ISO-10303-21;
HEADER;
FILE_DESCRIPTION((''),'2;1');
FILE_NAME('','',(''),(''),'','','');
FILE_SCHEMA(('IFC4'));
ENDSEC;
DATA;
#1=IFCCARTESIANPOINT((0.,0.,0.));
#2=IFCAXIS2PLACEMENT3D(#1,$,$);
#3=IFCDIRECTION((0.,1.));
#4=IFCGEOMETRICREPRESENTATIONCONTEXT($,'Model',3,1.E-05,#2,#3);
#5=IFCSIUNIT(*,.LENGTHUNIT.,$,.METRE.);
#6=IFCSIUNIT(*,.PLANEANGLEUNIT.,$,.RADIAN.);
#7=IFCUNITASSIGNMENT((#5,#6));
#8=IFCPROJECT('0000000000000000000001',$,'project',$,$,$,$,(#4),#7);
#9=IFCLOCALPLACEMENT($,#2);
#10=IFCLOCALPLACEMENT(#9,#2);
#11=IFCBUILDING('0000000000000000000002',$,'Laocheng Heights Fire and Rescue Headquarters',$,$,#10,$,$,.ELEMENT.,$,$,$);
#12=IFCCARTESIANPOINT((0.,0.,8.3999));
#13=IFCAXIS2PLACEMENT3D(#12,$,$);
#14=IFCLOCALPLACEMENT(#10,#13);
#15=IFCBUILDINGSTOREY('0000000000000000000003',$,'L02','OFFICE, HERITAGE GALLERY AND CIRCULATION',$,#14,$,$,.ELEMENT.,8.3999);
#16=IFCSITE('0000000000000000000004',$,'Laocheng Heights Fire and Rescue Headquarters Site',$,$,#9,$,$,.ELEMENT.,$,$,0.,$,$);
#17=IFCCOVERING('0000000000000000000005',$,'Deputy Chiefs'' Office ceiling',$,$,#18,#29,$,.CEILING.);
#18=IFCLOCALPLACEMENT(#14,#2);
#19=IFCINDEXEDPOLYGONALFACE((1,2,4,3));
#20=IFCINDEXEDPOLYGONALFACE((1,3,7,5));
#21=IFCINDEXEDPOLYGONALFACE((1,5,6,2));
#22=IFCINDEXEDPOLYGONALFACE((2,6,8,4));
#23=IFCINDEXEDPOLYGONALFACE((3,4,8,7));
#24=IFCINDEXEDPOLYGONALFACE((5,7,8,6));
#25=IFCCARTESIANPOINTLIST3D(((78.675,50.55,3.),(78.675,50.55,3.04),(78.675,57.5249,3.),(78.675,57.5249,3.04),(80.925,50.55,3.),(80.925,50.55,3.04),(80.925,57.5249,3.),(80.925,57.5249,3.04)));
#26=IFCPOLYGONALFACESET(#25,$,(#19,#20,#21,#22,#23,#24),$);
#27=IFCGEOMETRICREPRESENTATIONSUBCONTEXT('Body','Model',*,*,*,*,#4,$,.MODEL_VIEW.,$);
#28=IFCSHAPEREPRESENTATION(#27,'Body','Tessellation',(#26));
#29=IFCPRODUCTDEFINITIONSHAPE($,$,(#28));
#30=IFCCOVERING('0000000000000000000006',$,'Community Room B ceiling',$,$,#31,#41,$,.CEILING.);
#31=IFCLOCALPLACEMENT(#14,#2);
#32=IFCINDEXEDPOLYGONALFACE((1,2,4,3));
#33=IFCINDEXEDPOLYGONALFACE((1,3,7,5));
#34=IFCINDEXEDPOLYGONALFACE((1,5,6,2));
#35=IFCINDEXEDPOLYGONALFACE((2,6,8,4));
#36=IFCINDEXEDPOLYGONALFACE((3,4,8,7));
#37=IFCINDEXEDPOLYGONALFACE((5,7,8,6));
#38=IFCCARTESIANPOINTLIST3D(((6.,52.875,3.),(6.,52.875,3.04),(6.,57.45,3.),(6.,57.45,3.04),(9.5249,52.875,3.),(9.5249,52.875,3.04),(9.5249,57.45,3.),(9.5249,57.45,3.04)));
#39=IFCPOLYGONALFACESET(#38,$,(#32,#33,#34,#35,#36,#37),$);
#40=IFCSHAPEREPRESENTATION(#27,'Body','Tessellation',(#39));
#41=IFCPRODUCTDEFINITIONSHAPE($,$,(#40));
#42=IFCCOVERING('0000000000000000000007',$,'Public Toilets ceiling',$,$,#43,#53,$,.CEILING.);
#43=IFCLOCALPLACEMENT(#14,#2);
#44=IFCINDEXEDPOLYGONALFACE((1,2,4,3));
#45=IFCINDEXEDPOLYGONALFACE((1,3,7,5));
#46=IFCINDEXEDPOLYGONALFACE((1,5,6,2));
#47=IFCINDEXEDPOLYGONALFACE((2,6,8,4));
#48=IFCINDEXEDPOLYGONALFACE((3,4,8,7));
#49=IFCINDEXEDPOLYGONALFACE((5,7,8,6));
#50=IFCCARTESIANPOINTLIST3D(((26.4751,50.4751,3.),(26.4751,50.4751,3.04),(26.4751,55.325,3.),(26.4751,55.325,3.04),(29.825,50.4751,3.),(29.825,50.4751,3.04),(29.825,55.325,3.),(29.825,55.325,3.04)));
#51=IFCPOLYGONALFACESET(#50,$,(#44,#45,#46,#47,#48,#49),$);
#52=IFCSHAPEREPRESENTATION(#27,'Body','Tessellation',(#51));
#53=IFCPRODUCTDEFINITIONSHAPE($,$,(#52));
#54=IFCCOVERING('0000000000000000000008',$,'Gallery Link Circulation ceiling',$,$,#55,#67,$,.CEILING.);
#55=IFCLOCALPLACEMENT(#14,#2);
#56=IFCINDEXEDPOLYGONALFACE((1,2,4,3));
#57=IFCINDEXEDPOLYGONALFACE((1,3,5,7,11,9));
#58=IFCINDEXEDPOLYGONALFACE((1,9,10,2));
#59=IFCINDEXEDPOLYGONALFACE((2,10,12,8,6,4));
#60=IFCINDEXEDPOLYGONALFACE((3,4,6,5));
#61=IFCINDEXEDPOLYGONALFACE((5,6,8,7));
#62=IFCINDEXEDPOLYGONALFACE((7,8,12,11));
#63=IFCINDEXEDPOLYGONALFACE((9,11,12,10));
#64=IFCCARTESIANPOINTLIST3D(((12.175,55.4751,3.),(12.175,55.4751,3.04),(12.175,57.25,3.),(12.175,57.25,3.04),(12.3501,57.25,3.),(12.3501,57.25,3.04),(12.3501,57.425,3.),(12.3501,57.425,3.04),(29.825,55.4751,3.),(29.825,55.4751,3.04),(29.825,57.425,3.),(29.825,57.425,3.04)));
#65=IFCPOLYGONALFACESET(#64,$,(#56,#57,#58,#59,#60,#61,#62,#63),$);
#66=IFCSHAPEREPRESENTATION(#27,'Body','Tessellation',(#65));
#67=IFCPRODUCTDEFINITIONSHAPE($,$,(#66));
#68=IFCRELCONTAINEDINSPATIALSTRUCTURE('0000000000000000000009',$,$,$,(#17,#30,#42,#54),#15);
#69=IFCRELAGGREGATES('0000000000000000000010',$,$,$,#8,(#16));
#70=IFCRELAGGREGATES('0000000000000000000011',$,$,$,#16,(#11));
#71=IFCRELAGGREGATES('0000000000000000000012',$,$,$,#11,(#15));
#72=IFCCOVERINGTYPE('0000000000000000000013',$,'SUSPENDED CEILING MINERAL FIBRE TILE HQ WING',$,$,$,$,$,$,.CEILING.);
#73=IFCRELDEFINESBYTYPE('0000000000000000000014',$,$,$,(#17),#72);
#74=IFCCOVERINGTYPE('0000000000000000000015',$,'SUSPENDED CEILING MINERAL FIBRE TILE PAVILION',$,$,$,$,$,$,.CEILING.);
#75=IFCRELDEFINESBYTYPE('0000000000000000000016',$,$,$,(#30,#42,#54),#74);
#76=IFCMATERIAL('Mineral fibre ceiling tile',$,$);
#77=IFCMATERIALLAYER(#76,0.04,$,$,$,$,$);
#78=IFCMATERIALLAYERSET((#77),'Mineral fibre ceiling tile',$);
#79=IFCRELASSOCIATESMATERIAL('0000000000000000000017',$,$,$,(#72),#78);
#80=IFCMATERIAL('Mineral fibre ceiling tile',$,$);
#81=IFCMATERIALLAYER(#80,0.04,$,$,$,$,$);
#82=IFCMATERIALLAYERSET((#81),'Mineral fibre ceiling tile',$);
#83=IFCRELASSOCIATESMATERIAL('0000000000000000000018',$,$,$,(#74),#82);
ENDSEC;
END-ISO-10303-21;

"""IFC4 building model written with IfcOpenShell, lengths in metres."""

from ifc_helpers import new_model, si_unit, direction, frame, origin, place, context, subcontext, project, spatial, polyline, outline, extrude, material, layer, layer_set, type_object, element, save


model = new_model("IFC4")

# Units and contexts
model_context = context("Model", 3, precision=1e-05, world=origin(), true_north=direction((0.0, 1.0)))
body_context = subcontext(model_context, "Body", "Model", "MODEL_VIEW")
ifc_project = project(units=[si_unit("LENGTHUNIT", "METRE"), si_unit("PLANEANGLEUNIT", "RADIAN")], contexts=[model_context])

# Site, building, storey
site_placement = place(None, origin())
site = spatial("IfcSite", under=ifc_project, at=site_placement, Name="Laocheng Heights Fire and Rescue Headquarters Site", CompositionType="ELEMENT", RefElevation=0.0)
building_placement = place(site_placement, origin())
building = spatial("IfcBuilding", under=site, at=building_placement, Name="Laocheng Heights Fire and Rescue Headquarters", CompositionType="ELEMENT")
storey_placement = place(building_placement, frame((0.0, 0.0, 8.3999)))
storey = spatial("IfcBuildingStorey", under=building, at=storey_placement, Name="L02", Description="OFFICE, HERITAGE GALLERY AND CIRCULATION", CompositionType="ELEMENT", Elevation=8.3999)

# Coverings
ifc_material_1 = material(Name="Mineral fibre ceiling tile")
ifc_layer_1 = layer(ifc_material_1, 0.04)
ifc_layer_set_1 = layer_set([ifc_layer_1], Name="Mineral fibre ceiling tile")
covering_type_1 = type_object("IfcCoveringType", Name="SUSPENDED CEILING MINERAL FIBRE TILE HQ WING", PredefinedType="CEILING", material=ifc_layer_set_1)
covering_1_placement = place(storey_placement, frame((0.0, 0.0, 3.0)))
element("IfcCovering", 1, at=covering_1_placement, inside=storey, type_object=covering_type_1, Name="Deputy Chiefs' Office ceiling", PredefinedType="CEILING", context=body_context, shape_type="SweptSolid", body=[
    extrude(outline(polyline([(78.675, 57.5249), (80.925, 57.5249), (80.925, 50.55), (78.675, 50.55), (78.675, 57.5249)])), origin(), (0.0, 0.0, 1.0), 0.04),
])
ifc_material_2 = material(Name="Mineral fibre ceiling tile")
ifc_layer_2 = layer(ifc_material_2, 0.04)
ifc_layer_set_2 = layer_set([ifc_layer_2], Name="Mineral fibre ceiling tile")
covering_type_2 = type_object("IfcCoveringType", Name="SUSPENDED CEILING MINERAL FIBRE TILE PAVILION", PredefinedType="CEILING", material=ifc_layer_set_2)
covering_2_placement = place(storey_placement, frame((0.0, 0.0, 3.0)))
element("IfcCovering", 2, at=covering_2_placement, inside=storey, type_object=covering_type_2, Name="Community Room B ceiling", PredefinedType="CEILING", context=body_context, shape_type="SweptSolid", body=[
    extrude(outline(polyline([(9.5249, 57.45), (9.5249, 52.875), (6.0, 52.875), (6.0, 57.45), (9.5249, 57.45)])), origin(), (0.0, 0.0, 1.0), 0.04),
])
covering_3_placement = place(storey_placement, frame((0.0, 0.0, 3.0)))
element("IfcCovering", 3, at=covering_3_placement, inside=storey, type_object=covering_type_2, Name="Public Toilets ceiling", PredefinedType="CEILING", context=body_context, shape_type="SweptSolid", body=[
    extrude(outline(polyline([(26.4751, 50.4751), (26.4751, 55.325), (29.825, 55.325), (29.825, 50.4751), (26.4751, 50.4751)])), origin(), (0.0, 0.0, 1.0), 0.04),
])
covering_4_placement = place(storey_placement, frame((0.0, 0.0, 3.0)))
element("IfcCovering", 4, at=covering_4_placement, inside=storey, type_object=covering_type_2, Name="Gallery Link Circulation ceiling", PredefinedType="CEILING", context=body_context, shape_type="SweptSolid", body=[
    extrude(outline(polyline([(12.175, 57.25), (12.3501, 57.25), (12.3501, 57.425), (29.825, 57.425), (29.825, 55.4751), (12.175, 55.4751), (12.175, 57.25)])), origin(), (0.0, 0.0, 1.0), 0.04),
])

save(model, "model.ifc")
